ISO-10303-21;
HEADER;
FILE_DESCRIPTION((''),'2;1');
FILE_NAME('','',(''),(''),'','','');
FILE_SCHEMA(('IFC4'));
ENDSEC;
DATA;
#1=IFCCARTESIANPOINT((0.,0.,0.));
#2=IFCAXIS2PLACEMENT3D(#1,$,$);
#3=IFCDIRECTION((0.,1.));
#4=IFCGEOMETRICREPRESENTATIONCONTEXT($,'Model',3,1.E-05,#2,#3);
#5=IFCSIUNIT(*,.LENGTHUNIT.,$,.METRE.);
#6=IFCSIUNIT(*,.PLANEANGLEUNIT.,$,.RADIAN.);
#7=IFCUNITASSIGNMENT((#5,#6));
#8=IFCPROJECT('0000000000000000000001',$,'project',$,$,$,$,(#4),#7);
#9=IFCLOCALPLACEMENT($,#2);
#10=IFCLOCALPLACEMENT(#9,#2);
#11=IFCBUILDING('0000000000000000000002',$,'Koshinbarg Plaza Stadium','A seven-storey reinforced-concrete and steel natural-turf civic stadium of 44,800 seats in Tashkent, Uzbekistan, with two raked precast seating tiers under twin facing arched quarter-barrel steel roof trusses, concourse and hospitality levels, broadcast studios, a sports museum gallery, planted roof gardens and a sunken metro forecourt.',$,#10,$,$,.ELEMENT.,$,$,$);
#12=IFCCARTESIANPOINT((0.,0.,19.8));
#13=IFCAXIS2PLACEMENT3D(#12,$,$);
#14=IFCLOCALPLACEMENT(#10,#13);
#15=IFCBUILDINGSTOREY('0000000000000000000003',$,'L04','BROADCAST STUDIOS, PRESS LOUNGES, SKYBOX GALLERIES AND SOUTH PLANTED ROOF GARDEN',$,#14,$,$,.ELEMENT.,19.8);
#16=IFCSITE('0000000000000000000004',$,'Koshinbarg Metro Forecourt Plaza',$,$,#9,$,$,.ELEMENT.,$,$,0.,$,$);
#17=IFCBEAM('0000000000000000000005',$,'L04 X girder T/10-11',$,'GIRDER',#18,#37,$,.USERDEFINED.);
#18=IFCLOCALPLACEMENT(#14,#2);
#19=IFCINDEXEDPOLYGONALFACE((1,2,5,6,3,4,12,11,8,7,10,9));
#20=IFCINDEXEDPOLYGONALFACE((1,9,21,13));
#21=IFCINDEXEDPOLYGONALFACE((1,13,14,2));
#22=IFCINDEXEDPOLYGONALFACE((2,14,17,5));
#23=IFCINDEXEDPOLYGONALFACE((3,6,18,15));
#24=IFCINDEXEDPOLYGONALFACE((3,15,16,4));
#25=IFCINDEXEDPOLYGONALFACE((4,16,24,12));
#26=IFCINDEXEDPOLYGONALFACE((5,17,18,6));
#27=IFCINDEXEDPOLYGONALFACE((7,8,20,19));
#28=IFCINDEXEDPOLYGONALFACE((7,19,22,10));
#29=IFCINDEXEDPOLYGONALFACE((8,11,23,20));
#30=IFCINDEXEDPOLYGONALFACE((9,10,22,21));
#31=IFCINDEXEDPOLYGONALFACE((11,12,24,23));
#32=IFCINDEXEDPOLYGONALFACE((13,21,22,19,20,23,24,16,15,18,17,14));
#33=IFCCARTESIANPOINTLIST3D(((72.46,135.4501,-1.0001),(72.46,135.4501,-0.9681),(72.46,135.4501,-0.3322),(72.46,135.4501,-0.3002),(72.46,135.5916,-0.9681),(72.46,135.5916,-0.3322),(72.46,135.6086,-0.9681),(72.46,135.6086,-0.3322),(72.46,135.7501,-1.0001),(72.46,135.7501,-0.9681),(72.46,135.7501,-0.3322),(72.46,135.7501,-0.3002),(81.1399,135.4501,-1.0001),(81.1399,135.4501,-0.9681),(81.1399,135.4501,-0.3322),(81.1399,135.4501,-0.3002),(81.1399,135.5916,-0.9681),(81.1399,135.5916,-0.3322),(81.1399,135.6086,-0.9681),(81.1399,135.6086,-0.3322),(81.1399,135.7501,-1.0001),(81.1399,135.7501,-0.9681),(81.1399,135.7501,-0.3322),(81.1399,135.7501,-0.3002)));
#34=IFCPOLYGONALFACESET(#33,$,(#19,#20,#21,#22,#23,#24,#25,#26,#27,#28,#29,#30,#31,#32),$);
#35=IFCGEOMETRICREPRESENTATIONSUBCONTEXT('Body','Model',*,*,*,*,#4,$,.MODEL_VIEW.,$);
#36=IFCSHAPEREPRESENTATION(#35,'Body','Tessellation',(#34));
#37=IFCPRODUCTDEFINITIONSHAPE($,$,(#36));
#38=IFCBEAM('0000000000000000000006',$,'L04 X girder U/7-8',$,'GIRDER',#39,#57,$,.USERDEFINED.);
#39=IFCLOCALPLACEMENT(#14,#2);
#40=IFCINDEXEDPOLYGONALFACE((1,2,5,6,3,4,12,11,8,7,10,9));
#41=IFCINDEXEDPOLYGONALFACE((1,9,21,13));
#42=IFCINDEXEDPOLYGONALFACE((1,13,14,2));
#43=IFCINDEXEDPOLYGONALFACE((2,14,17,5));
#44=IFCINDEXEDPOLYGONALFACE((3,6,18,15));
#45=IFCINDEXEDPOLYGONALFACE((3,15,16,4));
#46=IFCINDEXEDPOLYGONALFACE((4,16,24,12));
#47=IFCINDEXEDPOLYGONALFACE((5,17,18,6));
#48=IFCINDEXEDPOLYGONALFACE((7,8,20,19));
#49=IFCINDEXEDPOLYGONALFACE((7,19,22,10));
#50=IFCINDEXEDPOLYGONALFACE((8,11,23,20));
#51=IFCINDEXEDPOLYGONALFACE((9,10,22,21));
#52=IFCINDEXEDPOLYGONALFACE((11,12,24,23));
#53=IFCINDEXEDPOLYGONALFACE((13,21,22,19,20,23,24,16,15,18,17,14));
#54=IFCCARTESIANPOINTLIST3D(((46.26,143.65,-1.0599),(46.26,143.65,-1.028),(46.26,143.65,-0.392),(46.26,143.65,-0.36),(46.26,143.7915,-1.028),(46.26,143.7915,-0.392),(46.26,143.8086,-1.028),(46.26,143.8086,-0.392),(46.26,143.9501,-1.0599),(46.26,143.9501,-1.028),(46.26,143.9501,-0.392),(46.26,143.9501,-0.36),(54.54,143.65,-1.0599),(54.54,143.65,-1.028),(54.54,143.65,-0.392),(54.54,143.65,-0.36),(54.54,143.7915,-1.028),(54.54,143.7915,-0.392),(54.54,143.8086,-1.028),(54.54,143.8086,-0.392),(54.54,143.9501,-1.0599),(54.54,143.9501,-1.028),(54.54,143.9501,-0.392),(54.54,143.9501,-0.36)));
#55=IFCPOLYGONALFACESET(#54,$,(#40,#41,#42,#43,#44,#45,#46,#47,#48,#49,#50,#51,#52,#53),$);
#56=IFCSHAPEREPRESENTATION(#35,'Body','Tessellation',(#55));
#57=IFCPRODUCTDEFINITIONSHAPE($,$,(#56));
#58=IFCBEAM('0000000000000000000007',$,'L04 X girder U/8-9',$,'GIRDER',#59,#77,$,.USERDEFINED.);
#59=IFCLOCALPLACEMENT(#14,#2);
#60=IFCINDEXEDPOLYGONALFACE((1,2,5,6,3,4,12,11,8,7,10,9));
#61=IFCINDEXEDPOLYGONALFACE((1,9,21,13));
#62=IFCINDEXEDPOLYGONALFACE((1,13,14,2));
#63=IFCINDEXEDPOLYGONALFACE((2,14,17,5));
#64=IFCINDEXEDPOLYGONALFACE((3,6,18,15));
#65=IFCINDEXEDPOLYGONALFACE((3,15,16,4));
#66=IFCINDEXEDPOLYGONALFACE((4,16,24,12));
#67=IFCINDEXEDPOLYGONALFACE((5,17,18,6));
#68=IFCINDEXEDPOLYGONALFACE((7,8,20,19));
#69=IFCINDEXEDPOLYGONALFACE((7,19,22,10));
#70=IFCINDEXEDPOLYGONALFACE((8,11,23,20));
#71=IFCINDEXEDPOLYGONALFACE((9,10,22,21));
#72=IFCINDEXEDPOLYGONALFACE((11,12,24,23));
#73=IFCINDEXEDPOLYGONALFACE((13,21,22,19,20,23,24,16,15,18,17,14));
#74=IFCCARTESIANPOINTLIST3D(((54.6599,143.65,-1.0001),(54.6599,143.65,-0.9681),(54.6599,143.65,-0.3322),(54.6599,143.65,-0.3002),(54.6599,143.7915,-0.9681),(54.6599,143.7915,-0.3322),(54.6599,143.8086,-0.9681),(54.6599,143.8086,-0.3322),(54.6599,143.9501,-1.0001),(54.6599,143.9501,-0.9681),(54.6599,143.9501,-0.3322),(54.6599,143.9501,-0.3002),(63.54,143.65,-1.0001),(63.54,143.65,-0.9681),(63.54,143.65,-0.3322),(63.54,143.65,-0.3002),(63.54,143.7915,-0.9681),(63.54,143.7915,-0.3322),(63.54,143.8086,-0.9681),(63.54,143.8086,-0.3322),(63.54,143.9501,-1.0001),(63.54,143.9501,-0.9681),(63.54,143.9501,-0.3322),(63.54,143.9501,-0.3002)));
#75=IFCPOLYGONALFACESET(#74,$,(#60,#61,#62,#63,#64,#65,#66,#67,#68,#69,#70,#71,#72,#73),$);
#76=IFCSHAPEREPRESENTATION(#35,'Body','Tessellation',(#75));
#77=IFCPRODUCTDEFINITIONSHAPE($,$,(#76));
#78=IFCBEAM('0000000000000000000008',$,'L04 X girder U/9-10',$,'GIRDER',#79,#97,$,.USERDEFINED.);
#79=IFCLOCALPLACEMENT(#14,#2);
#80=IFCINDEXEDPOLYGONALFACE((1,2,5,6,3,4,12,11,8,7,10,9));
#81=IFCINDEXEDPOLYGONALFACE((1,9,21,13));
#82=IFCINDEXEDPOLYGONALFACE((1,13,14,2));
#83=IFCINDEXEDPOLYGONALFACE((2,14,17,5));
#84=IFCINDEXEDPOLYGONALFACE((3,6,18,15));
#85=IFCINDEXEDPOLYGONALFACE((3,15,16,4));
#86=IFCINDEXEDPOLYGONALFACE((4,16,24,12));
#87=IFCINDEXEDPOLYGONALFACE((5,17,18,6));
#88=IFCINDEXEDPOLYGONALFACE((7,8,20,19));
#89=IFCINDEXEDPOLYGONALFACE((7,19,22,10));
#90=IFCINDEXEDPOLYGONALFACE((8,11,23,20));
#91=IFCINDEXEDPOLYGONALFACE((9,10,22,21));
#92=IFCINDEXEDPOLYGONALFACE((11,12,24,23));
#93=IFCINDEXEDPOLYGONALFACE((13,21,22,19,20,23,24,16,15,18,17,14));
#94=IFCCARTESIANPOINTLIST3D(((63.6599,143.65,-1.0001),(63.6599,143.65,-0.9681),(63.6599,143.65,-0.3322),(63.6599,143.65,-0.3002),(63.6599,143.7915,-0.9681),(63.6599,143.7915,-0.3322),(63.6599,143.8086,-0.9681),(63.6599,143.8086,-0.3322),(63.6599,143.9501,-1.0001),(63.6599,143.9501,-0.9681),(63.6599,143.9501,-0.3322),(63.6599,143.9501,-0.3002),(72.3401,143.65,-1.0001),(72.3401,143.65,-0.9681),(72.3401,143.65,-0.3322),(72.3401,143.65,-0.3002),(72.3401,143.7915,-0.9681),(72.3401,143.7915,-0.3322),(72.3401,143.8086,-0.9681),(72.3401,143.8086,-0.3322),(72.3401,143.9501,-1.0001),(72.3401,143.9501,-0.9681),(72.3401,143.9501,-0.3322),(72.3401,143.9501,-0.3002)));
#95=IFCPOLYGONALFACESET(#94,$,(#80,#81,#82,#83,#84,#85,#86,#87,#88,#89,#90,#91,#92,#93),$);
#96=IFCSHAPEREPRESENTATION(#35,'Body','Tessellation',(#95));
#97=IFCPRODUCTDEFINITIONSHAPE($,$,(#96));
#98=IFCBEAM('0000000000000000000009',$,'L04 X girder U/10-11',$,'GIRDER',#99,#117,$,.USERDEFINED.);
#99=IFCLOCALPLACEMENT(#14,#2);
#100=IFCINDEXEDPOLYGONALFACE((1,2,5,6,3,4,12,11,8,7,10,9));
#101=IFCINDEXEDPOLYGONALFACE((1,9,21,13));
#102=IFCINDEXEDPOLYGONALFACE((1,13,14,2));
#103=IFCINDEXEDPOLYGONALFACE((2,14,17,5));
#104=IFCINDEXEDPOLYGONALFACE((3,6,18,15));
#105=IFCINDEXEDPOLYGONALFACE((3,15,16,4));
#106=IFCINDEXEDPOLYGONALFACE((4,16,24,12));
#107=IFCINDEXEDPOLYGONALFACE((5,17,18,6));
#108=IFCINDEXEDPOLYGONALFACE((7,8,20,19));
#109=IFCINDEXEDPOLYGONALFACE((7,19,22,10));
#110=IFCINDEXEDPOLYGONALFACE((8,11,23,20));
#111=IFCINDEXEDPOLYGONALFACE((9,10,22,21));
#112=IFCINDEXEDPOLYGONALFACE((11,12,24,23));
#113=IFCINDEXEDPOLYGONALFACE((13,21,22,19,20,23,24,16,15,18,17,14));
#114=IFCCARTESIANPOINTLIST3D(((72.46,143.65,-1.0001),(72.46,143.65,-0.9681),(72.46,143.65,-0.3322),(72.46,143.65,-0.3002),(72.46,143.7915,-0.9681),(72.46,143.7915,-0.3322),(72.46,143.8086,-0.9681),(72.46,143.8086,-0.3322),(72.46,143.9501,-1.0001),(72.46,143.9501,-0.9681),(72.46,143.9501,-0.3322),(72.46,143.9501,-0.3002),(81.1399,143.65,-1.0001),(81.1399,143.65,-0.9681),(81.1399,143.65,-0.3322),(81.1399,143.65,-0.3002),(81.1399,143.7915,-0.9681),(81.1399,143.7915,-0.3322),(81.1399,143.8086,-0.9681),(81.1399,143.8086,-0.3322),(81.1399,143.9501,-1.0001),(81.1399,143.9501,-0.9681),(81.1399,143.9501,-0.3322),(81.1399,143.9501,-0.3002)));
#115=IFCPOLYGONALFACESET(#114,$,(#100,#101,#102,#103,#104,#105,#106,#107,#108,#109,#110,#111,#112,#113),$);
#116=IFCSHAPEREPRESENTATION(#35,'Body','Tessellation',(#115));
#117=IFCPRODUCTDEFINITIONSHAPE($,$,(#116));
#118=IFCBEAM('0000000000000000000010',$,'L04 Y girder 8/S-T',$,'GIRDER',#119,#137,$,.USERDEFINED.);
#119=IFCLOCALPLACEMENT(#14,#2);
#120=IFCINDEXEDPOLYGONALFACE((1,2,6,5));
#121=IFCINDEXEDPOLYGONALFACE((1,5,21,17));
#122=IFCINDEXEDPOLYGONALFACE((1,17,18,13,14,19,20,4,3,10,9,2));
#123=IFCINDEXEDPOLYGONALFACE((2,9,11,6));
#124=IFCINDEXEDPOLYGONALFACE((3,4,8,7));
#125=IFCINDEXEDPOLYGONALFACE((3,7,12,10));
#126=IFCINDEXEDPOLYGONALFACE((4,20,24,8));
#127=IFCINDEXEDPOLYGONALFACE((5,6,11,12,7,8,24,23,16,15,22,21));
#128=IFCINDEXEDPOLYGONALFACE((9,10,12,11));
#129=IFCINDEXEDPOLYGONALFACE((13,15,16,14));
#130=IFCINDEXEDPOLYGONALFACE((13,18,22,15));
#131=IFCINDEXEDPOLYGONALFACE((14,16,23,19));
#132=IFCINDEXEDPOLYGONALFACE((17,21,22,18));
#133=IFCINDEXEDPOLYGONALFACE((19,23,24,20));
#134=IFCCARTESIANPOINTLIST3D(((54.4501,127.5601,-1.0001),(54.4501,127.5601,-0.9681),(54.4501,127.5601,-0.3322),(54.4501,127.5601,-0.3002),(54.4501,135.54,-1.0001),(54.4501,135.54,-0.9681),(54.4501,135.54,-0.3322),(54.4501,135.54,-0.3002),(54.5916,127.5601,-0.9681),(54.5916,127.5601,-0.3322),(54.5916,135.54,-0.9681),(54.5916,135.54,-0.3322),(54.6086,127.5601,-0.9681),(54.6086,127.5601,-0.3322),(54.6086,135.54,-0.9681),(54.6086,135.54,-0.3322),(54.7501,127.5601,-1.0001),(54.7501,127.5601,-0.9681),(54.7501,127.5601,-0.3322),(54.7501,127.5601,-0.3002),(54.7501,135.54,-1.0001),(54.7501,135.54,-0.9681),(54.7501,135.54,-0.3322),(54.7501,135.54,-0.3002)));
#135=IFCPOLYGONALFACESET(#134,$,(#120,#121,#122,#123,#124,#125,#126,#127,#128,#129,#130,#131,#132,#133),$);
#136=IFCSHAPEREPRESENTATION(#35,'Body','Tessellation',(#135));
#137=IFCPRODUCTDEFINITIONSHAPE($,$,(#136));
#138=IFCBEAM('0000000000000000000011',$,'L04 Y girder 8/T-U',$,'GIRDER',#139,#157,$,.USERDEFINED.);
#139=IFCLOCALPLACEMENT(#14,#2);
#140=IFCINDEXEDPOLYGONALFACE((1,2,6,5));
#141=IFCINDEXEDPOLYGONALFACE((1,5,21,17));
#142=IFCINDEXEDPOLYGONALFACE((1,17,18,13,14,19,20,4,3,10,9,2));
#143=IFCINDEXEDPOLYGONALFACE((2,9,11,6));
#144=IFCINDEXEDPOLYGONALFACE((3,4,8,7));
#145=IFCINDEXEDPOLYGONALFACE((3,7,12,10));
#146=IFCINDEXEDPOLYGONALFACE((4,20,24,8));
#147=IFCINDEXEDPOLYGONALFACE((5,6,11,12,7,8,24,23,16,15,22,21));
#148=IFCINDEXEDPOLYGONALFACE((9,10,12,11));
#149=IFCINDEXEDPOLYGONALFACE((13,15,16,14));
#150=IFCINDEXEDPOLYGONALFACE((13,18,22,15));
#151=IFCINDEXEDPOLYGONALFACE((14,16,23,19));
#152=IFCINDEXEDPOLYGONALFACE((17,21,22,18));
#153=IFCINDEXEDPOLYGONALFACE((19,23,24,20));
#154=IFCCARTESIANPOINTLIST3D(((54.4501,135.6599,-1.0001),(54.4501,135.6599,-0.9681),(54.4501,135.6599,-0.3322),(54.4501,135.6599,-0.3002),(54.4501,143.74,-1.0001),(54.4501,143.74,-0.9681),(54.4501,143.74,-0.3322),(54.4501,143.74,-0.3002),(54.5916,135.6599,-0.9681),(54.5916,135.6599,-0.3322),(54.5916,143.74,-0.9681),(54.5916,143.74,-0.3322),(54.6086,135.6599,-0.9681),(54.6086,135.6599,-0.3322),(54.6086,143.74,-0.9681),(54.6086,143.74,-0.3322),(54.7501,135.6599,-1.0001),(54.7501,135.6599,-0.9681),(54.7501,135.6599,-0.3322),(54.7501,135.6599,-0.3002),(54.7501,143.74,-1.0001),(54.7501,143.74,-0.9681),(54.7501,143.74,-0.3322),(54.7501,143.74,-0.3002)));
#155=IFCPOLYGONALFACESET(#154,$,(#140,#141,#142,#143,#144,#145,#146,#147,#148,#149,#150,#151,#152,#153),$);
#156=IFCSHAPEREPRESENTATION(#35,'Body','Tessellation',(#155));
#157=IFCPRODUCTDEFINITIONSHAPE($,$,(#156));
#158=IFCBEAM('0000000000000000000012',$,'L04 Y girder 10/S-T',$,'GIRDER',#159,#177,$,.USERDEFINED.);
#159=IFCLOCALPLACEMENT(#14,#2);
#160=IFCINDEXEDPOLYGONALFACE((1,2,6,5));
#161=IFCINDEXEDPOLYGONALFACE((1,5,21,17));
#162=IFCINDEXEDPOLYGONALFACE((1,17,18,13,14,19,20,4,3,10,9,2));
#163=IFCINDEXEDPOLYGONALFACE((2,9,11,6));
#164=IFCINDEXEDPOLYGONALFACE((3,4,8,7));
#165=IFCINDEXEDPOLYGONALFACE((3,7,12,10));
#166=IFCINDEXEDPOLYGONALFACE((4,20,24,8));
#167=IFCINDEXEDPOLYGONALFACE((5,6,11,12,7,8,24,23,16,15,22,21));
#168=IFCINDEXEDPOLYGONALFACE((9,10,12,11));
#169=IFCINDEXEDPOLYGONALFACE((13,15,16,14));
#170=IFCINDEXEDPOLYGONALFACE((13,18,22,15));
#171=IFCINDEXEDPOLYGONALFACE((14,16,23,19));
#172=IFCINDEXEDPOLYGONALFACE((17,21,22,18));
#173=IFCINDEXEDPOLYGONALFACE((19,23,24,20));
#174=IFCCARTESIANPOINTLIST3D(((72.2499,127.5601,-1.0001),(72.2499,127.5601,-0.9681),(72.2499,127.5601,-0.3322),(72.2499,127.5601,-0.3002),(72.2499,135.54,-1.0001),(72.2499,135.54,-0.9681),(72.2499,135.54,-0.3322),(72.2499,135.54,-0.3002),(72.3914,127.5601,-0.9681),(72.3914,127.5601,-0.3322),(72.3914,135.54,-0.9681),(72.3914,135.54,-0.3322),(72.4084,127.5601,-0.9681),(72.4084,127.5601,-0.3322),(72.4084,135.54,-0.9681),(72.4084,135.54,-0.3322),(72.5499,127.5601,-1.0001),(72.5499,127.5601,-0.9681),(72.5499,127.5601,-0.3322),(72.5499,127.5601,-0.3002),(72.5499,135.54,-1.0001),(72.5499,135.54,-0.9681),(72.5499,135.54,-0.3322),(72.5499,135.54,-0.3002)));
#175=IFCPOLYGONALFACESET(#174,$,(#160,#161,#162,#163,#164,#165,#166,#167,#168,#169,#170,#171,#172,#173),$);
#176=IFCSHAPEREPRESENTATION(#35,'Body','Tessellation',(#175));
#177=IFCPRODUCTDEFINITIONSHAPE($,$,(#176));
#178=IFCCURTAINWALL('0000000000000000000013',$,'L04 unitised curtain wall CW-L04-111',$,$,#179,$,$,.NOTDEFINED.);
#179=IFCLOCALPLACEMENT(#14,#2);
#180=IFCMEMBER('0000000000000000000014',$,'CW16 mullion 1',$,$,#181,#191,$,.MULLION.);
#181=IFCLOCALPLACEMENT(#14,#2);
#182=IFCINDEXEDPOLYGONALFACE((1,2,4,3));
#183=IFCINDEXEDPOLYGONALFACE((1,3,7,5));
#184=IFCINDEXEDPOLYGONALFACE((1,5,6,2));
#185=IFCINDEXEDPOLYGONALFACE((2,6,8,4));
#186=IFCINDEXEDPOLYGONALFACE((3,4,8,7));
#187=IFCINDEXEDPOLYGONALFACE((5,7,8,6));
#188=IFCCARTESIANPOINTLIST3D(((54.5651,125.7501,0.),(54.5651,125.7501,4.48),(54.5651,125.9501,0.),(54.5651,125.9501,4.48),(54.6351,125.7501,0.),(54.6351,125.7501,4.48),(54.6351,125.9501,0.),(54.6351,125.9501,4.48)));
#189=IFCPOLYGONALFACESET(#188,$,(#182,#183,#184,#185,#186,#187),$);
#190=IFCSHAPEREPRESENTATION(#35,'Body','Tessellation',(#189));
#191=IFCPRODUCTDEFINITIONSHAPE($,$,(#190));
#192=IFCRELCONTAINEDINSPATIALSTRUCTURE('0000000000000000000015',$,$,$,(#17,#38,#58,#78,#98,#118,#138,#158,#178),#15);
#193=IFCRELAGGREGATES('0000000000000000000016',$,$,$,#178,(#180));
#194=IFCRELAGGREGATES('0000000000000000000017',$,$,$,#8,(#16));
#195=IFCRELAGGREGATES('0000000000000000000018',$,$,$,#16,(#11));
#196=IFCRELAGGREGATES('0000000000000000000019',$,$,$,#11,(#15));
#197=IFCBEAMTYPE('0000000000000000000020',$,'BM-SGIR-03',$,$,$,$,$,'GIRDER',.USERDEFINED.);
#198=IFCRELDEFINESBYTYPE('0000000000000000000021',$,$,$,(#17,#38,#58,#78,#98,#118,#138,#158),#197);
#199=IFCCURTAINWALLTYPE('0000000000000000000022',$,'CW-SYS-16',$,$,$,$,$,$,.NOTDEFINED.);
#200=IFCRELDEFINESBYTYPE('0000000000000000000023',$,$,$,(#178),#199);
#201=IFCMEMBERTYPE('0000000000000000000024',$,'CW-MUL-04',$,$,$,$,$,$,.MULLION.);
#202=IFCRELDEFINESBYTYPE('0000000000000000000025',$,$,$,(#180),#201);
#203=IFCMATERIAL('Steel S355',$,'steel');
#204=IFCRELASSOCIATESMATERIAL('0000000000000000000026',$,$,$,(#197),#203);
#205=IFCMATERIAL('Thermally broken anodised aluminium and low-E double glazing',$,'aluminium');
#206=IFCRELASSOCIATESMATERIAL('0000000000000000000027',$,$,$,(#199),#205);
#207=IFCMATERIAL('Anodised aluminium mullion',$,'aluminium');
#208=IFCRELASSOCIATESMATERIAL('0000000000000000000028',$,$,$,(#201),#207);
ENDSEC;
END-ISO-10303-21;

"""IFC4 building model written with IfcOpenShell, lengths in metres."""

from ifc_helpers import new_model, si_unit, direction, frame, origin, origin_2d, place, context, subcontext, project, spatial, rectangle, i_section, extrude, material, material_profile, profile_set, type_object, element, aggregate, save


model = new_model("IFC4")

# Units and contexts
model_context = context("Model", 3, precision=1e-05, world=origin(), true_north=direction((0.0, 1.0)))
body_context = subcontext(model_context, "Body", "Model", "MODEL_VIEW")
ifc_project = project(units=[si_unit("LENGTHUNIT", "METRE"), si_unit("PLANEANGLEUNIT", "RADIAN")], contexts=[model_context])

# Site, building, storey
site_placement = place(None, origin())
site = spatial("IfcSite", under=ifc_project, at=site_placement, Name="Koshinbarg Metro Forecourt Plaza", CompositionType="ELEMENT", RefElevation=0.0)
building_placement = place(site_placement, origin())
building = spatial("IfcBuilding", under=site, at=building_placement, Name="Koshinbarg Plaza Stadium", Description="A seven-storey reinforced-concrete and steel natural-turf civic stadium of 44,800 seats in Tashkent, Uzbekistan, with two raked precast seating tiers under twin facing arched quarter-barrel steel roof trusses, concourse and hospitality levels, broadcast studios, a sports museum gallery, planted roof gardens and a sunken metro forecourt.", CompositionType="ELEMENT")
storey_placement = place(building_placement, frame((0.0, 0.0, 19.8)))
storey = spatial("IfcBuildingStorey", under=building, at=storey_placement, Name="L04", Description="BROADCAST STUDIOS, PRESS LOUNGES, SKYBOX GALLERIES AND SOUTH PLANTED ROOF GARDEN", CompositionType="ELEMENT", Elevation=19.8)

# Beams
ifc_material_1 = material(Name="Steel S355", Category="steel")
ifc_material_profile_1 = material_profile(ifc_material_1, i_section(OverallWidth=0.3, OverallDepth=0.7, WebThickness=0.0171, FlangeThickness=0.032, at=origin_2d()), Name="HEB 700")
ifc_profile_set_1 = profile_set([ifc_material_profile_1], Name="Steel S355")
beam_type_1 = type_object("IfcBeamType", Name="BM-SGIR-03", ElementType="GIRDER", PredefinedType="USERDEFINED", material=ifc_profile_set_1)
beam_1_placement = place(storey_placement, frame((72.46, 135.6001, -0.6501), z_axis=(1.0, 0.0, 0.0), x_axis=(0.0, 1.0, 0.0)))
element("IfcBeam", 1, at=beam_1_placement, inside=storey, type_object=beam_type_1, Name="L04 X girder T/10-11", ObjectType="GIRDER", PredefinedType="USERDEFINED", context=body_context, shape_type="SweptSolid", body=[
    extrude(i_section(OverallWidth=0.3, OverallDepth=0.7, WebThickness=0.0171, FlangeThickness=0.032, at=origin_2d()), origin(), (0.0, 0.0, 1.0), 8.6799),
])
beam_2_placement = place(storey_placement, frame((46.26, 143.8, -0.71), z_axis=(1.0, 0.0, 0.0), x_axis=(0.0, 1.0, 0.0)))
element("IfcBeam", 2, at=beam_2_placement, inside=storey, type_object=beam_type_1, Name="L04 X girder U/7-8", ObjectType="GIRDER", PredefinedType="USERDEFINED", context=body_context, shape_type="SweptSolid", body=[
    extrude(i_section(OverallWidth=0.3, OverallDepth=0.7, WebThickness=0.0171, FlangeThickness=0.032, at=origin_2d()), origin(), (0.0, 0.0, 1.0), 8.28),
])
beam_3_placement = place(storey_placement, frame((54.6599, 143.8, -0.6501), z_axis=(1.0, 0.0, 0.0), x_axis=(0.0, 1.0, 0.0)))
element("IfcBeam", 3, at=beam_3_placement, inside=storey, type_object=beam_type_1, Name="L04 X girder U/8-9", ObjectType="GIRDER", PredefinedType="USERDEFINED", context=body_context, shape_type="SweptSolid", body=[
    extrude(i_section(OverallWidth=0.3, OverallDepth=0.7, WebThickness=0.0171, FlangeThickness=0.032, at=origin_2d()), origin(), (0.0, 0.0, 1.0), 8.8801),
])
beam_4_placement = place(storey_placement, frame((63.6599, 143.8, -0.6501), z_axis=(1.0, 0.0, 0.0), x_axis=(0.0, 1.0, 0.0)))
element("IfcBeam", 4, at=beam_4_placement, inside=storey, type_object=beam_type_1, Name="L04 X girder U/9-10", ObjectType="GIRDER", PredefinedType="USERDEFINED", context=body_context, shape_type="SweptSolid", body=[
    extrude(i_section(OverallWidth=0.3, OverallDepth=0.7, WebThickness=0.0171, FlangeThickness=0.032, at=origin_2d()), origin(), (0.0, 0.0, 1.0), 8.6802),
])
beam_5_placement = place(storey_placement, frame((72.46, 143.8, -0.6501), z_axis=(1.0, 0.0, 0.0), x_axis=(0.0, 1.0, 0.0)))
element("IfcBeam", 5, at=beam_5_placement, inside=storey, type_object=beam_type_1, Name="L04 X girder U/10-11", ObjectType="GIRDER", PredefinedType="USERDEFINED", context=body_context, shape_type="SweptSolid", body=[
    extrude(i_section(OverallWidth=0.3, OverallDepth=0.7, WebThickness=0.0171, FlangeThickness=0.032, at=origin_2d()), origin(), (0.0, 0.0, 1.0), 8.6799),
])
beam_6_placement = place(storey_placement, frame((54.6001, 127.5601, -0.6501), z_axis=(0.0, 1.0, 0.0), x_axis=(-1.0, 0.0, 0.0)))
element("IfcBeam", 6, at=beam_6_placement, inside=storey, type_object=beam_type_1, Name="L04 Y girder 8/S-T", ObjectType="GIRDER", PredefinedType="USERDEFINED", context=body_context, shape_type="SweptSolid", body=[
    extrude(i_section(OverallWidth=0.3, OverallDepth=0.7, WebThickness=0.0171, FlangeThickness=0.032, at=origin_2d()), origin(), (0.0, 0.0, 1.0), 7.98),
])
beam_7_placement = place(storey_placement, frame((54.6001, 135.6599, -0.6501), z_axis=(0.0, 1.0, 0.0), x_axis=(-1.0, 0.0, 0.0)))
element("IfcBeam", 7, at=beam_7_placement, inside=storey, type_object=beam_type_1, Name="L04 Y girder 8/T-U", ObjectType="GIRDER", PredefinedType="USERDEFINED", context=body_context, shape_type="SweptSolid", body=[
    extrude(i_section(OverallWidth=0.3, OverallDepth=0.7, WebThickness=0.0171, FlangeThickness=0.032, at=origin_2d()), origin(), (0.0, 0.0, 1.0), 8.0801),
])
beam_8_placement = place(storey_placement, frame((72.3999, 127.5601, -0.6501), z_axis=(0.0, 1.0, 0.0), x_axis=(-1.0, 0.0, 0.0)))
element("IfcBeam", 8, at=beam_8_placement, inside=storey, type_object=beam_type_1, Name="L04 Y girder 10/S-T", ObjectType="GIRDER", PredefinedType="USERDEFINED", context=body_context, shape_type="SweptSolid", body=[
    extrude(i_section(OverallWidth=0.3, OverallDepth=0.7, WebThickness=0.0171, FlangeThickness=0.032, at=origin_2d()), origin(), (0.0, 0.0, 1.0), 7.98),
])

# Curtain wall, member
ifc_material_2 = material(Name="Thermally broken anodised aluminium and low-E double glazing", Category="aluminium")
curtain_wall_type = type_object("IfcCurtainWallType", Name="CW-SYS-16", PredefinedType="NOTDEFINED", material=ifc_material_2)
curtain_wall_placement = place(storey_placement, origin())
curtain_wall = element("IfcCurtainWall", 9, at=curtain_wall_placement, inside=storey, type_object=curtain_wall_type, Name="L04 unitised curtain wall CW-L04-111", PredefinedType="NOTDEFINED")
ifc_material_3 = material(Name="Anodised aluminium mullion", Category="aluminium")
ifc_material_profile_2 = material_profile(ifc_material_3, rectangle(XDim=0.0701, YDim=0.2, at=origin_2d()), Name="ALU 70x200")
ifc_profile_set_2 = profile_set([ifc_material_profile_2], Name="Anodised aluminium mullion")
member_type_1 = type_object("IfcMemberType", Name="CW-MUL-04", PredefinedType="MULLION", material=ifc_profile_set_2)
member_1_placement = place(storey_placement, frame((54.6001, 125.8501, 0.0), z_axis=(0.0, 0.0, 1.0), x_axis=(1.0, 0.0, 0.0)))
member_1 = element("IfcMember", 10, at=member_1_placement, type_object=member_type_1, Name="CW16 mullion 1", PredefinedType="MULLION", context=body_context, shape_type="SweptSolid", body=[
    extrude(rectangle(XDim=0.0701, YDim=0.2, at=origin_2d()), origin(), (0.0, 0.0, 1.0), 4.48),
])
aggregate(curtain_wall, [member_1])

save(model, "model.ifc")
